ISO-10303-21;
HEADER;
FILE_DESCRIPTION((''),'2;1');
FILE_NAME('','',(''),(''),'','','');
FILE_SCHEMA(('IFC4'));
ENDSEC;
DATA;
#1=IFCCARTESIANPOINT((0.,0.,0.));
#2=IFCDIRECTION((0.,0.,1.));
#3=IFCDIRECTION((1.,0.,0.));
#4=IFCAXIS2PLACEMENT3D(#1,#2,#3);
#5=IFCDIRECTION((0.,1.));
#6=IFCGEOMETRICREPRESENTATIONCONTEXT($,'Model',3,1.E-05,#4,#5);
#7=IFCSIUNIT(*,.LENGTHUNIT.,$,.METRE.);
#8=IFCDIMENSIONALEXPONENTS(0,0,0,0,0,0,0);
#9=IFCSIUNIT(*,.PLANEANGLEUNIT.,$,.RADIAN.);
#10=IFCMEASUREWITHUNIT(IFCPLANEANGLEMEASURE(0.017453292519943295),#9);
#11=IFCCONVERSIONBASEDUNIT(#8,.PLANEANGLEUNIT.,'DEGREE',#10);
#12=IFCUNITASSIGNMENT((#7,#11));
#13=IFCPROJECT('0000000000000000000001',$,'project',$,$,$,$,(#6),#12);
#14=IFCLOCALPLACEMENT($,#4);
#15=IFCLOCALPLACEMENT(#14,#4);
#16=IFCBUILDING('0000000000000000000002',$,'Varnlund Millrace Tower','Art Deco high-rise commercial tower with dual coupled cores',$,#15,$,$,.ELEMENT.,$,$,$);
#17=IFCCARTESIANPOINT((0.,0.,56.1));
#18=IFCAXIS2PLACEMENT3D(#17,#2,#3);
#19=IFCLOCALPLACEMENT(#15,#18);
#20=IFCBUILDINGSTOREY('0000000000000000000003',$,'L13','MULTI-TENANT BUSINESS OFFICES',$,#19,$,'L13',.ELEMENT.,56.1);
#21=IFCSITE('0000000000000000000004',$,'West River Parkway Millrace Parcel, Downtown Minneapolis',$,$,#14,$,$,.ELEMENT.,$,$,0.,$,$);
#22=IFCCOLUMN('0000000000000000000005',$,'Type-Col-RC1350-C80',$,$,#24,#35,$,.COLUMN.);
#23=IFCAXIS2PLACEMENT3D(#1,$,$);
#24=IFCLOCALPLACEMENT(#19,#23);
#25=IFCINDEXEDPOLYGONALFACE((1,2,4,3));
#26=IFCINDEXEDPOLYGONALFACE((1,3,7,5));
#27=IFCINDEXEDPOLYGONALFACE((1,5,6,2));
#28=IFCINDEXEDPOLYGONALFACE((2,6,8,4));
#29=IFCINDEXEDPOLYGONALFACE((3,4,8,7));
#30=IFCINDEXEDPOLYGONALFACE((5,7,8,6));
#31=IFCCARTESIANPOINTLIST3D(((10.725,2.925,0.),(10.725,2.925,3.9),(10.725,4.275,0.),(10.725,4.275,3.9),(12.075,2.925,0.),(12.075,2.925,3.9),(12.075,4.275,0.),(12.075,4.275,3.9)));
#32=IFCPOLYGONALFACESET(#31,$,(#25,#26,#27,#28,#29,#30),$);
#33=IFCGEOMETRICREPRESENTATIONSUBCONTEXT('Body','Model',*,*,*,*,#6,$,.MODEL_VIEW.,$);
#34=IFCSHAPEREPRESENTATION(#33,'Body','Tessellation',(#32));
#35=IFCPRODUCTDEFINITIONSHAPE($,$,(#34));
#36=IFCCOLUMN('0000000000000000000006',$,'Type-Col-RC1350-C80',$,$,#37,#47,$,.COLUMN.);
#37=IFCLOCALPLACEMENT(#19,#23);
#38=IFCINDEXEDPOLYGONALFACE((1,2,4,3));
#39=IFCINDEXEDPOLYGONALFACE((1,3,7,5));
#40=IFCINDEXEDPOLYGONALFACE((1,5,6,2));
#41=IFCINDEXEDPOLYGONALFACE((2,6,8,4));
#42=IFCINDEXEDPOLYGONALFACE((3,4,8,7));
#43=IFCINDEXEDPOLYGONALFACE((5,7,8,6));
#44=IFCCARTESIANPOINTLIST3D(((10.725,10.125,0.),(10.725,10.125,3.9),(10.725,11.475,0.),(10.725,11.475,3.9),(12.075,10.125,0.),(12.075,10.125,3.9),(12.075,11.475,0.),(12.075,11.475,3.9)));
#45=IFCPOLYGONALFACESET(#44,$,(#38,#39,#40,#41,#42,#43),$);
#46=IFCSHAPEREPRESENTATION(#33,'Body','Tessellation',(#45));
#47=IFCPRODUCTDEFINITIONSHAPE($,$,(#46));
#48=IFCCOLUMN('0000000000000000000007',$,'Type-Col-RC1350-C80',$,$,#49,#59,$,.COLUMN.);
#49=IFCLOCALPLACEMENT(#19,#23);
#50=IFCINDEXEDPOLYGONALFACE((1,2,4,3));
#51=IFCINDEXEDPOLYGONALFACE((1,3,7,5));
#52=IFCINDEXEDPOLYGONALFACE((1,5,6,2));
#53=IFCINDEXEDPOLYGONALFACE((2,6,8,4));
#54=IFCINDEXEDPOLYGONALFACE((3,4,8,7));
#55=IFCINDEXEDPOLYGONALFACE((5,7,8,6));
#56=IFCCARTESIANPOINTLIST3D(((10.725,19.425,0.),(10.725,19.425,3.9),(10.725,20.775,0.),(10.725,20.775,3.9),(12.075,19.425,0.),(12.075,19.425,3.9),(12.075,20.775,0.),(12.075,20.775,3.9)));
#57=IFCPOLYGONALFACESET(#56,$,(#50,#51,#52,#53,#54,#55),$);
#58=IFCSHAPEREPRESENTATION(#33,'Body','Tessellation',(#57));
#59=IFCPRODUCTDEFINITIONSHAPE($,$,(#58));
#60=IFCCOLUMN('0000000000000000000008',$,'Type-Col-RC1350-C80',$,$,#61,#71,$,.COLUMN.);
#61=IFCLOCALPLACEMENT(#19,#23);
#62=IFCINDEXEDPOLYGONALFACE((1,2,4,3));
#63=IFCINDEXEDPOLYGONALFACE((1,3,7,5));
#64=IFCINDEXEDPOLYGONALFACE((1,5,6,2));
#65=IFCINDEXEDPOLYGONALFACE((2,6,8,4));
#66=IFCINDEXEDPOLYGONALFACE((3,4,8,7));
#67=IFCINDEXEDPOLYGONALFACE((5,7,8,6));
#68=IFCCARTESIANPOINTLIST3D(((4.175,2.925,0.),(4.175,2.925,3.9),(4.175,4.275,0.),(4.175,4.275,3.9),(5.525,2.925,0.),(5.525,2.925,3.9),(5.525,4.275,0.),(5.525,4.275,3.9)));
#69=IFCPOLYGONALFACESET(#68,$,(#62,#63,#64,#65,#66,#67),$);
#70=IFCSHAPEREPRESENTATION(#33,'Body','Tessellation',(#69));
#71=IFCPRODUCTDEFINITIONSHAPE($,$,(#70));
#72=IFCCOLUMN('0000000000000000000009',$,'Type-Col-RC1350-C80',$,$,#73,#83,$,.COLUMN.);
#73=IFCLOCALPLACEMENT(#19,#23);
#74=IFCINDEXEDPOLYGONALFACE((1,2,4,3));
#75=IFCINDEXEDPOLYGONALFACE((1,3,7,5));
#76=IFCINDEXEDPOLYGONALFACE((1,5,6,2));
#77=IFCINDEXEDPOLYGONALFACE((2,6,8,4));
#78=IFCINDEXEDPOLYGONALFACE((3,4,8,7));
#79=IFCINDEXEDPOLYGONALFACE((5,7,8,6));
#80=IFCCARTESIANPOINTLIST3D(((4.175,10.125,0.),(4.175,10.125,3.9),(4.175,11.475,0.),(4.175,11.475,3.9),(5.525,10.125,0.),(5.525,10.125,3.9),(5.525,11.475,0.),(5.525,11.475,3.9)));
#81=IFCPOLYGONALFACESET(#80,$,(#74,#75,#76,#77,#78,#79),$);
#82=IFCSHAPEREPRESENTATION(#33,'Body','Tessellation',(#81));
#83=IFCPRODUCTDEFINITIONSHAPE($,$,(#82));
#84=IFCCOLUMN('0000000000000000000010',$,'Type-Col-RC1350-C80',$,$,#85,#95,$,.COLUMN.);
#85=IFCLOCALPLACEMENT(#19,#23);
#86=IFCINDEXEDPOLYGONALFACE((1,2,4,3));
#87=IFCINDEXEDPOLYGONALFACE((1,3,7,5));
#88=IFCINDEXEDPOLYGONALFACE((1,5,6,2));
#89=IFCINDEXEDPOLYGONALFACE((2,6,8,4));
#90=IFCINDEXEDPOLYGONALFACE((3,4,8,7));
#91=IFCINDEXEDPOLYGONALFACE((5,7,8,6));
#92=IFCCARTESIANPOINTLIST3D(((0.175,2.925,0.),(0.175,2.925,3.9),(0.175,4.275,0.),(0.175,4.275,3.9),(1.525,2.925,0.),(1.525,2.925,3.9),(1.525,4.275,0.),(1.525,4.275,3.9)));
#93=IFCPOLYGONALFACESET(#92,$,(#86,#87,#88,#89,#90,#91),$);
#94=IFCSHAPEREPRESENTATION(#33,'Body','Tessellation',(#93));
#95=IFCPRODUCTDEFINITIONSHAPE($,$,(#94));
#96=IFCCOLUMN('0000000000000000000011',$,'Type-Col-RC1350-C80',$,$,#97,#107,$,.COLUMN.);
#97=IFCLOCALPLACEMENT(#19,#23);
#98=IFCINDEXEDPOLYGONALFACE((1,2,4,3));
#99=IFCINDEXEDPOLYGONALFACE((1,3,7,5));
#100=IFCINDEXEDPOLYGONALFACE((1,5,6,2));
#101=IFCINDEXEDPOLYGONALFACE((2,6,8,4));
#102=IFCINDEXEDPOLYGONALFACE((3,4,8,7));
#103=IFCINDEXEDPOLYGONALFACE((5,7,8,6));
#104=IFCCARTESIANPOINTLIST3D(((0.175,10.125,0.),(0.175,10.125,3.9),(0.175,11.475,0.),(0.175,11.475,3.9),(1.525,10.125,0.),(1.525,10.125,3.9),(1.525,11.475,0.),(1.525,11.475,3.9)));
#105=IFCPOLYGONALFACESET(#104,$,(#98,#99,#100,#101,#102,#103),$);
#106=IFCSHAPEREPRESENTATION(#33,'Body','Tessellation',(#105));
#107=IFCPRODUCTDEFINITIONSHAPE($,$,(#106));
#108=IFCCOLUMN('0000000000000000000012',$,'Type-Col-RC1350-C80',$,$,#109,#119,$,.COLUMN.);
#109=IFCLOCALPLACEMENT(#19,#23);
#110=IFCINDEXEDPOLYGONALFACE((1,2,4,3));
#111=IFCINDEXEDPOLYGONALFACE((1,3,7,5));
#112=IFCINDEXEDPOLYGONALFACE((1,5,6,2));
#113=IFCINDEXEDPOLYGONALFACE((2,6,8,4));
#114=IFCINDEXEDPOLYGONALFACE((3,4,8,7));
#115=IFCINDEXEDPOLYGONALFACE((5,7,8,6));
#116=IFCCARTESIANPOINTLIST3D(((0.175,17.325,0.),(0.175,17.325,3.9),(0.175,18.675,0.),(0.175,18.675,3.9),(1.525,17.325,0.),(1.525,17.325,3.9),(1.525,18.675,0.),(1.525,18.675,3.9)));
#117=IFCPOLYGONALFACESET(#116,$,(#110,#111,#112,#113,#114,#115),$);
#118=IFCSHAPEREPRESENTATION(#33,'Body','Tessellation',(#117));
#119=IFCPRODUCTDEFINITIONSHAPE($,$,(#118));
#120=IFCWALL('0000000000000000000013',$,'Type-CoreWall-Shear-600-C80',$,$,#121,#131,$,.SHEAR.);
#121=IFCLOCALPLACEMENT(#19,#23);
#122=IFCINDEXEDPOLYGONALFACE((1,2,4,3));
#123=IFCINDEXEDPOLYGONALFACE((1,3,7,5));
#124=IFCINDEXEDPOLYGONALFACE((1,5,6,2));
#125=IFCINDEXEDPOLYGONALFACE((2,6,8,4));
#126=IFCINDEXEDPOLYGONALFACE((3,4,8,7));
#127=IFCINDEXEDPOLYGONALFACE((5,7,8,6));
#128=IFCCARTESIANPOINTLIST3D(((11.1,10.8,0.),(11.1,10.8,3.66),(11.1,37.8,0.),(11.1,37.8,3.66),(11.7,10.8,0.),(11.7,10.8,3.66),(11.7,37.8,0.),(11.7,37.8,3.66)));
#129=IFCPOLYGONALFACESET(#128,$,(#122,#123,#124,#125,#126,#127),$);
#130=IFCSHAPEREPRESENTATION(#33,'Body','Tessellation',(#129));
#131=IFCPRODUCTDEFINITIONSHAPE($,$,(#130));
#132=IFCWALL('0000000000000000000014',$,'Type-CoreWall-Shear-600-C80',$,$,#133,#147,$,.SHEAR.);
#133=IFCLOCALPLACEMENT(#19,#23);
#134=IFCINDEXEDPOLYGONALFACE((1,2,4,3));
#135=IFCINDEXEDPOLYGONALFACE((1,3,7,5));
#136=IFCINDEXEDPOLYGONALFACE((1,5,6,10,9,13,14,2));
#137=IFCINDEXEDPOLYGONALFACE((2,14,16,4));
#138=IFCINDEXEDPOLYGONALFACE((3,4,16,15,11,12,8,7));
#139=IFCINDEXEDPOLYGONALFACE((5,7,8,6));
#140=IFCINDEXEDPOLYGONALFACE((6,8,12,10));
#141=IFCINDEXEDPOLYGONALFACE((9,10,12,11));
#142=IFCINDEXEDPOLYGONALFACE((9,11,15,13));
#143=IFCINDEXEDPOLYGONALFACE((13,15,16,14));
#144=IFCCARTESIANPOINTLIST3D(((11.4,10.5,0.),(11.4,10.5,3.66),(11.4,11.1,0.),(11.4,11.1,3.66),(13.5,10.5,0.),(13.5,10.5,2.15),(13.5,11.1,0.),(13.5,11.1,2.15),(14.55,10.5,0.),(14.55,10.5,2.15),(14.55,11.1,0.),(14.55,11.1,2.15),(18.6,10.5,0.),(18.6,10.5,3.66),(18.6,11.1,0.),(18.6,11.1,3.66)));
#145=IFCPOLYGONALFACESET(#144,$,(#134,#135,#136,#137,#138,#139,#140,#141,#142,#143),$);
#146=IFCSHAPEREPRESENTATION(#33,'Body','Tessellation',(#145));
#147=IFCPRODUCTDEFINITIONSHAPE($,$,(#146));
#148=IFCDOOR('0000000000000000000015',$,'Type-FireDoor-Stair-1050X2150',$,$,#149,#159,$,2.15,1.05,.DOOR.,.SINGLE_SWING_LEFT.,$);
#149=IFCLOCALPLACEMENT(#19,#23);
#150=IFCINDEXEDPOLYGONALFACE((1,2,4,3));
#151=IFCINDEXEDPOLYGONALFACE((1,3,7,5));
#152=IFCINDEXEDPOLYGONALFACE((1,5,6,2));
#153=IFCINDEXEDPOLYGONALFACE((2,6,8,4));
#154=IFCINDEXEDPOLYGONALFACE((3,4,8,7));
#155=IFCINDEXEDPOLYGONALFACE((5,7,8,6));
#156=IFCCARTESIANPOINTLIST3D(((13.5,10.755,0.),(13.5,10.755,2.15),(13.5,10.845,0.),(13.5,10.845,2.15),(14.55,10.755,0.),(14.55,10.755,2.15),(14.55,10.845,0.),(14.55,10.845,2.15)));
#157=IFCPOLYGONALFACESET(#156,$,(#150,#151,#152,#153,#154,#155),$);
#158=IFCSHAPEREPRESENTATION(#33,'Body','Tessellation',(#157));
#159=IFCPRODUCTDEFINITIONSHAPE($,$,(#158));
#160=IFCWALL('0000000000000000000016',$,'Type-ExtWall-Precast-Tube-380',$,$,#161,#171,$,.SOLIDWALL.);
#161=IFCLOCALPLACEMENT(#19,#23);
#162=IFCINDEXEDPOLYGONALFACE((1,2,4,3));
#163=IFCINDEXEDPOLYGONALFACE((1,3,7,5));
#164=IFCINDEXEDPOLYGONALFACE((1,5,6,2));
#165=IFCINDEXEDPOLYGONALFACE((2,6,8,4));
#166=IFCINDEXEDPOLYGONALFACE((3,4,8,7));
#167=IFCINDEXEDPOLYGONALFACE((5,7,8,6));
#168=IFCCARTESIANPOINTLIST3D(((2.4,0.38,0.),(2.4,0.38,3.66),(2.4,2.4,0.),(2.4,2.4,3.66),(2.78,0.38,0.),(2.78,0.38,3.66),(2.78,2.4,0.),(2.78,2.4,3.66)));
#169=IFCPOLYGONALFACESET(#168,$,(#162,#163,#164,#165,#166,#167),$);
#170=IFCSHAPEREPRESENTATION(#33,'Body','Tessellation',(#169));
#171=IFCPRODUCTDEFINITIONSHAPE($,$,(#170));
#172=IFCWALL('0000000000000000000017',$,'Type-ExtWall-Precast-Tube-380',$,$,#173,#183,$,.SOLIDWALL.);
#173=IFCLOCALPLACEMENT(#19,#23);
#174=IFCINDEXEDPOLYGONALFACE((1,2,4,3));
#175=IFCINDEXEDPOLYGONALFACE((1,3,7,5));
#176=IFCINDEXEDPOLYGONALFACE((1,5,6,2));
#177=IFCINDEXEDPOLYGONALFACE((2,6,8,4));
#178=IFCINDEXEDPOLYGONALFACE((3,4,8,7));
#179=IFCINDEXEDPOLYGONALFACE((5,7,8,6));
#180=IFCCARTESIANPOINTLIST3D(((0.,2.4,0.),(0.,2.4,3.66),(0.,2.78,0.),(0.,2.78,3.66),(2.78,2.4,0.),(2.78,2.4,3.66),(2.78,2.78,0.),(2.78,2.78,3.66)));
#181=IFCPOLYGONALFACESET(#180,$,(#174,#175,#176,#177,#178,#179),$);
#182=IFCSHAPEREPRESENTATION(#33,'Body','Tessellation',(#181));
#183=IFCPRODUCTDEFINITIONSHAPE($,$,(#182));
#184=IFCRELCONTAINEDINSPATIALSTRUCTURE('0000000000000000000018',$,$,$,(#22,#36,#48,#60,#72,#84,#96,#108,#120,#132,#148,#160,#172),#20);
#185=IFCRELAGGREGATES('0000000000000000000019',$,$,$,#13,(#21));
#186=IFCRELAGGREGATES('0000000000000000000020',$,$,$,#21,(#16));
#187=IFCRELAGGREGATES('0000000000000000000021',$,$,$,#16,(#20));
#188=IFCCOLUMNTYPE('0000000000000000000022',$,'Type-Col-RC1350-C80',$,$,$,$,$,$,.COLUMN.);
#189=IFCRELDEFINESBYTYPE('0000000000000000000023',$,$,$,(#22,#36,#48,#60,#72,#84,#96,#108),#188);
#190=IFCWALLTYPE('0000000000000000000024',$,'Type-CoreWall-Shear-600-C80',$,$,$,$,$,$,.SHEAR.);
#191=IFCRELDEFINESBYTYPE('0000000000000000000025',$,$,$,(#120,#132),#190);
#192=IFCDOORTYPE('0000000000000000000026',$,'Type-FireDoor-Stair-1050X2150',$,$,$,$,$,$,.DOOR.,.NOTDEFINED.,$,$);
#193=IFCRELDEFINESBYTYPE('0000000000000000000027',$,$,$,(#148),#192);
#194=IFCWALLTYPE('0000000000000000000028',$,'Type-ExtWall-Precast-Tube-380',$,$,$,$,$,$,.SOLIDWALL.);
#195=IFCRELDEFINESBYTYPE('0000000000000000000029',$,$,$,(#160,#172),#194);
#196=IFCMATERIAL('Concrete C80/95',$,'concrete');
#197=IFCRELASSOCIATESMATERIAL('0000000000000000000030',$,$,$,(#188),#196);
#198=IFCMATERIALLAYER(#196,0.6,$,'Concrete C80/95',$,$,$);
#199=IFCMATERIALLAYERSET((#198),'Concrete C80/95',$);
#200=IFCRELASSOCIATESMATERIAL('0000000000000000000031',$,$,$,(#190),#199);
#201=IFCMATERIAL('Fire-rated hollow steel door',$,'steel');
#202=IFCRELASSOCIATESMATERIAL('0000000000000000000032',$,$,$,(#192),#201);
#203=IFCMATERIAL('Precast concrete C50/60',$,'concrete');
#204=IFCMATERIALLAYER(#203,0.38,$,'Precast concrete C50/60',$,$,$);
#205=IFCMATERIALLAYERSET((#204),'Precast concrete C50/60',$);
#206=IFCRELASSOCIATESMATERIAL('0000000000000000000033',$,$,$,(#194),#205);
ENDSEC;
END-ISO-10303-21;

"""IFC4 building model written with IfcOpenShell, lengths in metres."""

from ifc_helpers import new_model, entity, si_unit, converted_unit, direction, frame, origin_with_axes, origin_2d_with_axis, place, context, subcontext, project, spatial, polyline, rectangle, outline, extrude, material, layer, layer_set, material_profile, profile_set, type_object, element, fill, save


model = new_model("IFC4")

# Units and contexts
model_context = context("Model", 3, precision=1e-05, world=origin_with_axes(), true_north=direction((0.0, 1.0)))
body_context = subcontext(model_context, "Body", "Model", "MODEL_VIEW")
ifc_project = project(units=[si_unit("LENGTHUNIT", "METRE"), converted_unit("PLANEANGLEUNIT", "DEGREE", entity("IfcPlaneAngleMeasure", 0.017453292519943295), si_unit("PLANEANGLEUNIT", "RADIAN"), dimensions=[0, 0, 0, 0, 0, 0, 0])], contexts=[model_context])

# Site, building, storey
site_placement = place(None, origin_with_axes())
site = spatial("IfcSite", under=ifc_project, at=site_placement, Name="West River Parkway Millrace Parcel, Downtown Minneapolis", CompositionType="ELEMENT", RefElevation=0.0)
building_placement = place(site_placement, origin_with_axes())
building = spatial("IfcBuilding", under=site, at=building_placement, Name="Varnlund Millrace Tower", Description="Art Deco high-rise commercial tower with dual coupled cores", CompositionType="ELEMENT")
storey_placement = place(building_placement, frame((0.0, 0.0, 56.1), z_axis=(0.0, 0.0, 1.0), x_axis=(1.0, 0.0, 0.0)))
storey = spatial("IfcBuildingStorey", under=building, at=storey_placement, Name="L13", Description="MULTI-TENANT BUSINESS OFFICES", LongName="L13", CompositionType="ELEMENT", Elevation=56.1)

# Columns
ifc_material_1 = material(Name="Concrete C80/95", Category="concrete")
ifc_material_profile = material_profile(ifc_material_1, rectangle(XDim=1.35, YDim=1.35, at=origin_2d_with_axis()), Name="Concrete C80/95")
ifc_profile_set = profile_set([ifc_material_profile], Name="Concrete C80/95")
column_type = type_object("IfcColumnType", Name="Type-Col-RC1350-C80", PredefinedType="COLUMN", material=ifc_profile_set)
for number, where, z_axis, x_axis, name in (
    (1, (11.4, 3.6, 0.0), (0.0, 0.0, 1.0), (1.0, 0.0, 0.0), "Type-Col-RC1350-C80"),
    (2, (11.4, 10.8, 0.0), (0.0, 0.0, 1.0), (1.0, 0.0, 0.0), "Type-Col-RC1350-C80"),
    (3, (11.4, 20.1, 0.0), (0.0, 0.0, 1.0), (1.0, 0.0, 0.0), "Type-Col-RC1350-C80"),
    (4, (4.85, 3.6, 0.0), (0.0, 0.0, 1.0), (1.0, 0.0, 0.0), "Type-Col-RC1350-C80"),
    (5, (4.85, 10.8, 0.0), (0.0, 0.0, 1.0), (1.0, 0.0, 0.0), "Type-Col-RC1350-C80"),
    (6, (0.85, 3.6, 0.0), (0.0, 0.0, 1.0), (1.0, 0.0, 0.0), "Type-Col-RC1350-C80"),
    (7, (0.85, 10.8, 0.0), (0.0, 0.0, 1.0), (1.0, 0.0, 0.0), "Type-Col-RC1350-C80"),
    (8, (0.85, 18.0, 0.0), (0.0, 0.0, 1.0), (1.0, 0.0, 0.0), "Type-Col-RC1350-C80"),
):
    element("IfcColumn", number, at=place(storey_placement, frame(where, z_axis=z_axis, x_axis=x_axis)), inside=storey, type_object=column_type, Name=name, PredefinedType="COLUMN", context=body_context, shape_type="SweptSolid", body=[
        extrude(rectangle(XDim=1.35, YDim=1.35, at=origin_2d_with_axis()), origin_with_axes(), (0.0, 0.0, 1.0), 3.9),
    ])

# Wall
ifc_layer_1 = layer(ifc_material_1, 0.6, Name="Concrete C80/95")
ifc_layer_set_1 = layer_set([ifc_layer_1], Name="Concrete C80/95")
wall_type_1 = type_object("IfcWallType", Name="Type-CoreWall-Shear-600-C80", PredefinedType="SHEAR", material=ifc_layer_set_1)
wall_1_placement = place(storey_placement, frame((11.4, 10.8, 0.0), z_axis=(0.0, 0.0, 1.0), x_axis=(0.0, 1.0, 0.0)))
element("IfcWall", 9, at=wall_1_placement, inside=storey, type_object=wall_type_1, Name="Type-CoreWall-Shear-600-C80", PredefinedType="SHEAR", context=body_context, shape_type="SweptSolid", body=[
    extrude(outline(polyline([(0.0, -0.3), (27.0, -0.3), (27.0, 0.3), (0.0, 0.3), (0.0, -0.3)])), origin_with_axes(), (0.0, 0.0, 1.0), 3.66),
])

# Wall, opening, door
wall_2_placement = place(storey_placement, frame((11.4, 10.8, 0.0), z_axis=(0.0, 0.0, 1.0), x_axis=(1.0, 0.0, 0.0)))
wall_2 = element("IfcWall", 10, at=wall_2_placement, inside=storey, type_object=wall_type_1, Name="Type-CoreWall-Shear-600-C80", PredefinedType="SHEAR", context=body_context, shape_type="SweptSolid", body=[
    extrude(outline(polyline([(0.0, -0.3), (7.2, -0.3), (7.2, 0.3), (0.0, 0.3), (0.0, -0.3)])), origin_with_axes(), (0.0, 0.0, 1.0), 3.66),
])
opening_1_placement = place(wall_2_placement, frame((2.625, 0.0, 0.0), z_axis=(0.0, 0.0, 1.0), x_axis=(1.0, 0.0, 0.0)))
opening_1 = element("IfcOpeningElement", 11, at=opening_1_placement, cuts=wall_2, PredefinedType="OPENING", context=body_context, shape_type="SweptSolid", body=[
    extrude(rectangle(XDim=1.05, YDim=0.62, at=origin_2d_with_axis()), origin_with_axes(), (0.0, 0.0, 1.0), 2.15),
])
ifc_material_2 = material(Name="Fire-rated hollow steel door", Category="steel")
door_type_1 = type_object("IfcDoorType", Name="Type-FireDoor-Stair-1050X2150", OperationType="NOTDEFINED", PredefinedType="DOOR", material=ifc_material_2)
door_1_placement = place(wall_2_placement, frame((2.625, 0.0, 0.0), z_axis=(0.0, 0.0, 1.0), x_axis=(1.0, 0.0, 0.0)))
door_1 = element("IfcDoor", 12, at=door_1_placement, inside=storey, type_object=door_type_1, Name="Type-FireDoor-Stair-1050X2150", OperationType="SINGLE_SWING_LEFT", OverallHeight=2.15, OverallWidth=1.05, PredefinedType="DOOR", context=body_context, shape_type="SweptSolid", body=[
    extrude(rectangle(XDim=1.05, YDim=0.09, at=origin_2d_with_axis()), origin_with_axes(), (0.0, 0.0, 1.0), 2.15),
])
fill(opening_1, door_1)

# Walls
ifc_material_3 = material(Name="Precast concrete C50/60", Category="concrete")
ifc_layer_2 = layer(ifc_material_3, 0.38, Name="Precast concrete C50/60")
ifc_layer_set_2 = layer_set([ifc_layer_2], Name="Precast concrete C50/60")
wall_type_2 = type_object("IfcWallType", Name="Type-ExtWall-Precast-Tube-380", PredefinedType="SOLIDWALL", material=ifc_layer_set_2)
wall_3_placement = place(storey_placement, frame((2.59, 0.38, 0.0), z_axis=(0.0, 0.0, 1.0), x_axis=(0.0, 1.0, 0.0)))
element("IfcWall", 13, at=wall_3_placement, inside=storey, type_object=wall_type_2, Name="Type-ExtWall-Precast-Tube-380", PredefinedType="SOLIDWALL", context=body_context, shape_type="SweptSolid", body=[
    extrude(outline(polyline([(0.0, -0.19), (2.02, -0.19), (2.02, 0.19), (0.0, 0.19), (0.0, -0.19)])), origin_with_axes(), (0.0, 0.0, 1.0), 3.66),
])
wall_4_placement = place(storey_placement, frame((2.78, 2.59, 0.0), z_axis=(0.0, 0.0, 1.0), x_axis=(-1.0, 0.0, 0.0)))
element("IfcWall", 14, at=wall_4_placement, inside=storey, type_object=wall_type_2, Name="Type-ExtWall-Precast-Tube-380", PredefinedType="SOLIDWALL", context=body_context, shape_type="SweptSolid", body=[
    extrude(outline(polyline([(0.0, -0.19), (2.78, -0.19), (2.78, 0.19), (0.0, 0.19), (0.0, -0.19)])), origin_with_axes(), (0.0, 0.0, 1.0), 3.66),
])

save(model, "model.ifc")
